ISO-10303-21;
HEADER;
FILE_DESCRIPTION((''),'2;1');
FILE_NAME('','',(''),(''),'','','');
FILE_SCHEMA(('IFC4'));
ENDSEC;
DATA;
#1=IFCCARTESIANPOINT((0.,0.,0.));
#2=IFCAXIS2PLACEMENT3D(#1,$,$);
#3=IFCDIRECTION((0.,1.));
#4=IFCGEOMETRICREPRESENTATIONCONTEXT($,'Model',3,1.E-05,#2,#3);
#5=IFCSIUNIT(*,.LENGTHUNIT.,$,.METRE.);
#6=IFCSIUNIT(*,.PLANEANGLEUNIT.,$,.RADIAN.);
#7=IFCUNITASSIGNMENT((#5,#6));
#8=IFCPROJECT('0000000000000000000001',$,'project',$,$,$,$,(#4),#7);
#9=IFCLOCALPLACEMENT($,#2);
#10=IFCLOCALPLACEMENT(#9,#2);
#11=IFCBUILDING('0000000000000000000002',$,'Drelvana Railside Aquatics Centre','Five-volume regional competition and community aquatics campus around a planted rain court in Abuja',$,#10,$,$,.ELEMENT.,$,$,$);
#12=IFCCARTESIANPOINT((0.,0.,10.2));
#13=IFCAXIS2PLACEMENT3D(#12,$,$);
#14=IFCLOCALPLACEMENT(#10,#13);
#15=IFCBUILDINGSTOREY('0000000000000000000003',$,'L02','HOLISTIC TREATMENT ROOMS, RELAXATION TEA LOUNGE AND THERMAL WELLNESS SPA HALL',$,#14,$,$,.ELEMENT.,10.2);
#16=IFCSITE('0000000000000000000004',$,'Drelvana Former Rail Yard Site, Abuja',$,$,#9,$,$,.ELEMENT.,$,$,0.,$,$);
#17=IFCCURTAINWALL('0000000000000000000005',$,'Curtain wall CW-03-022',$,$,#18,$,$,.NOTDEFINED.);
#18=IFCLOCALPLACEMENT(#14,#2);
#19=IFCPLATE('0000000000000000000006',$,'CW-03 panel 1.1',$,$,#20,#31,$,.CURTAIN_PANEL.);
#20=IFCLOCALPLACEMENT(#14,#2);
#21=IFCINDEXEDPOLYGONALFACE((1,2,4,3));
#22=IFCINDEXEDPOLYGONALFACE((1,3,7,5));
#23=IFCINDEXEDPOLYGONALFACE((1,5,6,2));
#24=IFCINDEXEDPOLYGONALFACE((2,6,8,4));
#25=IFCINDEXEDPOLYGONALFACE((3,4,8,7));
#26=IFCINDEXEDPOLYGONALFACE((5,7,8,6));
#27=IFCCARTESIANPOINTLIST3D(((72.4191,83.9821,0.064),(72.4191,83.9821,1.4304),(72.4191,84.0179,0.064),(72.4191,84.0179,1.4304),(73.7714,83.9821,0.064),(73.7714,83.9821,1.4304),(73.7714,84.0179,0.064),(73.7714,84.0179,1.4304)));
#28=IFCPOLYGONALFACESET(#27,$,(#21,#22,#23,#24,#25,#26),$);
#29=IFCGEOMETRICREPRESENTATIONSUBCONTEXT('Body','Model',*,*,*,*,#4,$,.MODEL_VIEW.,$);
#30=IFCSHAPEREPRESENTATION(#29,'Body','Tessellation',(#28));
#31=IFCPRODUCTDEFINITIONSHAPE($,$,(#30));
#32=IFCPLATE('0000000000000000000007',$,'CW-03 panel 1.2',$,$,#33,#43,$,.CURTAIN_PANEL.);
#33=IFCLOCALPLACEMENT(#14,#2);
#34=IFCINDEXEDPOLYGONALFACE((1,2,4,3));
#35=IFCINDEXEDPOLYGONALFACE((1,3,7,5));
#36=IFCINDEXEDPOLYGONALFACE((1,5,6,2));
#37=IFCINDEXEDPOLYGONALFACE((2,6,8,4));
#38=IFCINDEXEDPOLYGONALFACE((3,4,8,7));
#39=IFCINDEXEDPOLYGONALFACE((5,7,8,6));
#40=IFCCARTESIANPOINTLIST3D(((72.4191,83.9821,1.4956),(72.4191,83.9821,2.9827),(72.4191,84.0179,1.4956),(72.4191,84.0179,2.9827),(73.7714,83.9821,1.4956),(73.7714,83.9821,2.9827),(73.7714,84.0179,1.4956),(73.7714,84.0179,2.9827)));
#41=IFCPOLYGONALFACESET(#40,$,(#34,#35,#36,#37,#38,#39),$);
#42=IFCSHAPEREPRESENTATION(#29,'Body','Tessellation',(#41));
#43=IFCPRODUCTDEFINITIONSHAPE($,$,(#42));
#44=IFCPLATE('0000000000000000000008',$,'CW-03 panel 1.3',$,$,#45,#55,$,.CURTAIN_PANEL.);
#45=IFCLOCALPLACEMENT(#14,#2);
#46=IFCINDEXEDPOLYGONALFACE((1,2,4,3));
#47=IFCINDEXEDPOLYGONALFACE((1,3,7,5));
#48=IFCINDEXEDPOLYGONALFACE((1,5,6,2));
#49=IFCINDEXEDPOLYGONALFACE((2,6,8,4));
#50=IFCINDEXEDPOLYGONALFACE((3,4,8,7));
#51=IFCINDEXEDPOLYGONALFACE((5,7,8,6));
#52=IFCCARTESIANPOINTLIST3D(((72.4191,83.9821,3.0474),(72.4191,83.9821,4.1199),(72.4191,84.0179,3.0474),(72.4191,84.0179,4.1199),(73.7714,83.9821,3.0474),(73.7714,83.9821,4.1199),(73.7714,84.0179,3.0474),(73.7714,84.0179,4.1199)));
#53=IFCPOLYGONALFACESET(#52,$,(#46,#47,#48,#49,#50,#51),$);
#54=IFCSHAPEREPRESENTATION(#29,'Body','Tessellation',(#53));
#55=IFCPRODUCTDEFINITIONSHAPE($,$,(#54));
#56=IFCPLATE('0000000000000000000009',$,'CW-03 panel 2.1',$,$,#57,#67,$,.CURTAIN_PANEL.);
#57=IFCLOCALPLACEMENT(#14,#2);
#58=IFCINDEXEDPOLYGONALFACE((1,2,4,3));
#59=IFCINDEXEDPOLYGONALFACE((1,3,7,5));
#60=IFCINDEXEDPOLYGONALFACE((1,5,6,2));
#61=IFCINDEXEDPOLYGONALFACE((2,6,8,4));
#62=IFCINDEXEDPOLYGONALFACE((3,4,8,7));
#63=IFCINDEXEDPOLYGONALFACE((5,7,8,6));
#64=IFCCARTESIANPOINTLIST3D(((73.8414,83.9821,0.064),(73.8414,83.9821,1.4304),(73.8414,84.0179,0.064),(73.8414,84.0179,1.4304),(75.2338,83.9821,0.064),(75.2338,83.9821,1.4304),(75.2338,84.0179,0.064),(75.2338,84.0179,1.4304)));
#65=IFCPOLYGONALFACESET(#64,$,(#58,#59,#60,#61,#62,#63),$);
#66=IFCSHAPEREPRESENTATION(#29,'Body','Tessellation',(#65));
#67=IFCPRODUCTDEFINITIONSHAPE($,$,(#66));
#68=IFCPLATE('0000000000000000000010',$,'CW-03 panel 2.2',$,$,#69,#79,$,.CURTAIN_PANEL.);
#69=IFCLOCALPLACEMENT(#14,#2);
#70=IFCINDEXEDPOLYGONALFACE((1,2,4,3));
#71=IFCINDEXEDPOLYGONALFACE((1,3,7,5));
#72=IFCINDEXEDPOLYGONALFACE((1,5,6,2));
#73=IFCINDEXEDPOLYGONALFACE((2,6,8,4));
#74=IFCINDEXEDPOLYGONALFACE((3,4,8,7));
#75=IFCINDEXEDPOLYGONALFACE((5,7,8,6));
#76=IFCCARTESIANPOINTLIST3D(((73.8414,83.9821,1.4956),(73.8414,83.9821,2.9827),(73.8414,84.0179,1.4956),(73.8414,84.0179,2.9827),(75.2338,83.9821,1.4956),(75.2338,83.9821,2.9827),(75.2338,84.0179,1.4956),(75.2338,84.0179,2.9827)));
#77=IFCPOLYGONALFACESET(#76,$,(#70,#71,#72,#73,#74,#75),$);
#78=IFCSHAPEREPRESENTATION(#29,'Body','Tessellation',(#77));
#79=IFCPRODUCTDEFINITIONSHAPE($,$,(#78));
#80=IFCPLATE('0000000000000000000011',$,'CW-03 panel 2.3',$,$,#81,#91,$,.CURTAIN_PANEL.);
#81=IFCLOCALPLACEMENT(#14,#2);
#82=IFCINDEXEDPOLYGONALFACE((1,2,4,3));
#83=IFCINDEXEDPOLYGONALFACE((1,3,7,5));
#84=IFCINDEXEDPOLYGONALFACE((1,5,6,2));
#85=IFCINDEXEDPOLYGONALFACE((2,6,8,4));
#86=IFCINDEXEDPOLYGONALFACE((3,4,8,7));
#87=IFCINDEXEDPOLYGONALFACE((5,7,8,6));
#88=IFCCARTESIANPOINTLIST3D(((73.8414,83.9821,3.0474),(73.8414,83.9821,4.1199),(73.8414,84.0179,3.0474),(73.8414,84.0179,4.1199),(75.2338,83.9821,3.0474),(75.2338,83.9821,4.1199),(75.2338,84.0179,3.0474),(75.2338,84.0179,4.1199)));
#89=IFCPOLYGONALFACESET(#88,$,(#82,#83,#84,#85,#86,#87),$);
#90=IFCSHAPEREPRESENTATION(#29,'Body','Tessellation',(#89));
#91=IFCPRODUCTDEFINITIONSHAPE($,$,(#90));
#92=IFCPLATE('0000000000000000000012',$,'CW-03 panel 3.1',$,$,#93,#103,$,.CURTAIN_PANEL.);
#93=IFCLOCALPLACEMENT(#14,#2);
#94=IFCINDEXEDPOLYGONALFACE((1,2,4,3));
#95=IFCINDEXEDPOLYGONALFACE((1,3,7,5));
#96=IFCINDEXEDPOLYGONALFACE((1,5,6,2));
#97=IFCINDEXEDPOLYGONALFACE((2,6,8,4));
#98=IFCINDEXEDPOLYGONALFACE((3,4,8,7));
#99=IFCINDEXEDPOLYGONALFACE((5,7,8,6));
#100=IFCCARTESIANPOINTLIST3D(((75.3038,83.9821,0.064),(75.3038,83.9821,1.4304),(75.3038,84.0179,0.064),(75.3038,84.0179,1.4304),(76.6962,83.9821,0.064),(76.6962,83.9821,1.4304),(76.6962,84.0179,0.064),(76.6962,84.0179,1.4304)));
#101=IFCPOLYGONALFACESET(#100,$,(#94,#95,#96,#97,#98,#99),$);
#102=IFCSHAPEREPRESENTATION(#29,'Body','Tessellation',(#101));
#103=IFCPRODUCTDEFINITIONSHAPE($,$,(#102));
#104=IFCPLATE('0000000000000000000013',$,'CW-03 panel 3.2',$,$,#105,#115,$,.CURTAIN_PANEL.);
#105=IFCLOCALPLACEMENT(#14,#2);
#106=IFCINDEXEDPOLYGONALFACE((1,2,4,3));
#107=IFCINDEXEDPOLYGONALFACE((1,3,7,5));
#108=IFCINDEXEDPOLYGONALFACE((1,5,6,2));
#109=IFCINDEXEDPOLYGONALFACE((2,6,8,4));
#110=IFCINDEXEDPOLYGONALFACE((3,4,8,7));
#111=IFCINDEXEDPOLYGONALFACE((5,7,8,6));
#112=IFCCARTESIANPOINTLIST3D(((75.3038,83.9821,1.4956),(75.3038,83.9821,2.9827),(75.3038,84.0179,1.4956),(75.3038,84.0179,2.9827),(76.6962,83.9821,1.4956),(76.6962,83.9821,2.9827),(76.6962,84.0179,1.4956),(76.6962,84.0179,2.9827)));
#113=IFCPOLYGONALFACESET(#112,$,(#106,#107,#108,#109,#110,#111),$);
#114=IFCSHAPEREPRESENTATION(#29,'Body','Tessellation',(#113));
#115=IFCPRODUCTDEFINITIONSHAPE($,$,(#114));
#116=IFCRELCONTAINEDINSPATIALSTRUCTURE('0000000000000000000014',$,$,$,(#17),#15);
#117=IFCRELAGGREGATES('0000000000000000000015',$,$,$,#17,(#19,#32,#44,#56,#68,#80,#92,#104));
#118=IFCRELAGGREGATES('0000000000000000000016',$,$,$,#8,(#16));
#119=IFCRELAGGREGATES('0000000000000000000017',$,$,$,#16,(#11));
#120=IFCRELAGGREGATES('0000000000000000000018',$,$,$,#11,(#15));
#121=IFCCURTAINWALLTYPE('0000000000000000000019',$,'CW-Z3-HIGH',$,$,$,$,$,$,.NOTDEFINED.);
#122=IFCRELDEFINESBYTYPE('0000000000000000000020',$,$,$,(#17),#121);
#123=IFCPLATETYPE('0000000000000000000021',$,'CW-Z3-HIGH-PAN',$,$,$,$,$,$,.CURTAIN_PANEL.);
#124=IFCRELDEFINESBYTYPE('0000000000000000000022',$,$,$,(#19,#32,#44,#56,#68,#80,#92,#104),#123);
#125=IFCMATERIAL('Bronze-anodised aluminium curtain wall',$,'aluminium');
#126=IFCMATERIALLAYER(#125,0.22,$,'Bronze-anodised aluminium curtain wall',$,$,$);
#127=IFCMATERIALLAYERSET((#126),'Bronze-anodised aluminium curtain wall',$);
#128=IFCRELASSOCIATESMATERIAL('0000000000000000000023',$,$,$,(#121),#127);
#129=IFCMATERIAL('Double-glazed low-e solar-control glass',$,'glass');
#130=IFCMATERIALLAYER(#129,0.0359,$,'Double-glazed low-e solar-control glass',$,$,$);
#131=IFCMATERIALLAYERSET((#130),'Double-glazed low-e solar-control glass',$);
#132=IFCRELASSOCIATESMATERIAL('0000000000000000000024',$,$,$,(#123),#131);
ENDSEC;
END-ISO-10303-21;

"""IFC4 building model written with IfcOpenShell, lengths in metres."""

from ifc_helpers import new_model, si_unit, direction, frame, origin, origin_2d, place, context, subcontext, project, spatial, rectangle, extrude, material, layer, layer_set, type_object, element, aggregate, save


model = new_model("IFC4")

# Units and contexts
model_context = context("Model", 3, precision=1e-05, world=origin(), true_north=direction((0.0, 1.0)))
body_context = subcontext(model_context, "Body", "Model", "MODEL_VIEW")
ifc_project = project(units=[si_unit("LENGTHUNIT", "METRE"), si_unit("PLANEANGLEUNIT", "RADIAN")], contexts=[model_context])

# Site, building, storey
site_placement = place(None, origin())
site = spatial("IfcSite", under=ifc_project, at=site_placement, Name="Drelvana Former Rail Yard Site, Abuja", CompositionType="ELEMENT", RefElevation=0.0)
building_placement = place(site_placement, origin())
building = spatial("IfcBuilding", under=site, at=building_placement, Name="Drelvana Railside Aquatics Centre", Description="Five-volume regional competition and community aquatics campus around a planted rain court in Abuja", CompositionType="ELEMENT")
storey_placement = place(building_placement, frame((0.0, 0.0, 10.2)))
storey = spatial("IfcBuildingStorey", under=building, at=storey_placement, Name="L02", Description="HOLISTIC TREATMENT ROOMS, RELAXATION TEA LOUNGE AND THERMAL WELLNESS SPA HALL", CompositionType="ELEMENT", Elevation=10.2)

# Curtain wall, plates
ifc_material_1 = material(Name="Bronze-anodised aluminium curtain wall", Category="aluminium")
ifc_layer_1 = layer(ifc_material_1, 0.22, Name="Bronze-anodised aluminium curtain wall")
ifc_layer_set_1 = layer_set([ifc_layer_1], Name="Bronze-anodised aluminium curtain wall")
curtain_wall_type = type_object("IfcCurtainWallType", Name="CW-Z3-HIGH", PredefinedType="NOTDEFINED", material=ifc_layer_set_1)
curtain_wall_placement = place(storey_placement, origin())
curtain_wall = element("IfcCurtainWall", 1, at=curtain_wall_placement, inside=storey, type_object=curtain_wall_type, Name="Curtain wall CW-03-022", PredefinedType="NOTDEFINED")
ifc_material_2 = material(Name="Double-glazed low-e solar-control glass", Category="glass")
ifc_layer_2 = layer(ifc_material_2, 0.0359, Name="Double-glazed low-e solar-control glass")
ifc_layer_set_2 = layer_set([ifc_layer_2], Name="Double-glazed low-e solar-control glass")
plate_type = type_object("IfcPlateType", Name="CW-Z3-HIGH-PAN", PredefinedType="CURTAIN_PANEL", material=ifc_layer_set_2)
plate_1_placement = place(storey_placement, frame((73.0952, 84.0, 0.064), z_axis=(0.0, 0.0, 1.0), x_axis=(1.0, 0.0, 0.0)))
plate_1 = element("IfcPlate", 2, at=plate_1_placement, type_object=plate_type, Name="CW-03 panel 1.1", PredefinedType="CURTAIN_PANEL", context=body_context, shape_type="SweptSolid", body=[
    extrude(rectangle(XDim=1.3523, YDim=0.0359, at=origin_2d()), origin(), (0.0, 0.0, 1.0), 1.3665),
])
plate_2_placement = place(storey_placement, frame((73.0952, 84.0, 1.4956), z_axis=(0.0, 0.0, 1.0), x_axis=(1.0, 0.0, 0.0)))
plate_2 = element("IfcPlate", 3, at=plate_2_placement, type_object=plate_type, Name="CW-03 panel 1.2", PredefinedType="CURTAIN_PANEL", context=body_context, shape_type="SweptSolid", body=[
    extrude(rectangle(XDim=1.3523, YDim=0.0359, at=origin_2d()), origin(), (0.0, 0.0, 1.0), 1.4871),
])
plate_3_placement = place(storey_placement, frame((73.0952, 84.0, 3.0474), z_axis=(0.0, 0.0, 1.0), x_axis=(1.0, 0.0, 0.0)))
plate_3 = element("IfcPlate", 4, at=plate_3_placement, type_object=plate_type, Name="CW-03 panel 1.3", PredefinedType="CURTAIN_PANEL", context=body_context, shape_type="SweptSolid", body=[
    extrude(rectangle(XDim=1.3523, YDim=0.0359, at=origin_2d()), origin(), (0.0, 0.0, 1.0), 1.0725),
])
plate_4_placement = place(storey_placement, frame((74.5376, 84.0, 0.064), z_axis=(0.0, 0.0, 1.0), x_axis=(1.0, 0.0, 0.0)))
plate_4 = element("IfcPlate", 5, at=plate_4_placement, type_object=plate_type, Name="CW-03 panel 2.1", PredefinedType="CURTAIN_PANEL", context=body_context, shape_type="SweptSolid", body=[
    extrude(rectangle(XDim=1.3923, YDim=0.0359, at=origin_2d()), origin(), (0.0, 0.0, 1.0), 1.3665),
])
plate_5_placement = place(storey_placement, frame((74.5376, 84.0, 1.4956), z_axis=(0.0, 0.0, 1.0), x_axis=(1.0, 0.0, 0.0)))
plate_5 = element("IfcPlate", 6, at=plate_5_placement, type_object=plate_type, Name="CW-03 panel 2.2", PredefinedType="CURTAIN_PANEL", context=body_context, shape_type="SweptSolid", body=[
    extrude(rectangle(XDim=1.3923, YDim=0.0359, at=origin_2d()), origin(), (0.0, 0.0, 1.0), 1.4871),
])
plate_6_placement = place(storey_placement, frame((74.5376, 84.0, 3.0474), z_axis=(0.0, 0.0, 1.0), x_axis=(1.0, 0.0, 0.0)))
plate_6 = element("IfcPlate", 7, at=plate_6_placement, type_object=plate_type, Name="CW-03 panel 2.3", PredefinedType="CURTAIN_PANEL", context=body_context, shape_type="SweptSolid", body=[
    extrude(rectangle(XDim=1.3923, YDim=0.0359, at=origin_2d()), origin(), (0.0, 0.0, 1.0), 1.0725),
])
plate_7_placement = place(storey_placement, frame((76.0, 84.0, 0.064), z_axis=(0.0, 0.0, 1.0), x_axis=(1.0, 0.0, 0.0)))
plate_7 = element("IfcPlate", 8, at=plate_7_placement, type_object=plate_type, Name="CW-03 panel 3.1", PredefinedType="CURTAIN_PANEL", context=body_context, shape_type="SweptSolid", body=[
    extrude(rectangle(XDim=1.3923, YDim=0.0359, at=origin_2d()), origin(), (0.0, 0.0, 1.0), 1.3665),
])
plate_8_placement = place(storey_placement, frame((76.0, 84.0, 1.4956), z_axis=(0.0, 0.0, 1.0), x_axis=(1.0, 0.0, 0.0)))
plate_8 = element("IfcPlate", 9, at=plate_8_placement, type_object=plate_type, Name="CW-03 panel 3.2", PredefinedType="CURTAIN_PANEL", context=body_context, shape_type="SweptSolid", body=[
    extrude(rectangle(XDim=1.3923, YDim=0.0359, at=origin_2d()), origin(), (0.0, 0.0, 1.0), 1.4871),
])
aggregate(curtain_wall, [plate_1, plate_2, plate_3, plate_4, plate_5, plate_6, plate_7, plate_8])

save(model, "model.ifc")
